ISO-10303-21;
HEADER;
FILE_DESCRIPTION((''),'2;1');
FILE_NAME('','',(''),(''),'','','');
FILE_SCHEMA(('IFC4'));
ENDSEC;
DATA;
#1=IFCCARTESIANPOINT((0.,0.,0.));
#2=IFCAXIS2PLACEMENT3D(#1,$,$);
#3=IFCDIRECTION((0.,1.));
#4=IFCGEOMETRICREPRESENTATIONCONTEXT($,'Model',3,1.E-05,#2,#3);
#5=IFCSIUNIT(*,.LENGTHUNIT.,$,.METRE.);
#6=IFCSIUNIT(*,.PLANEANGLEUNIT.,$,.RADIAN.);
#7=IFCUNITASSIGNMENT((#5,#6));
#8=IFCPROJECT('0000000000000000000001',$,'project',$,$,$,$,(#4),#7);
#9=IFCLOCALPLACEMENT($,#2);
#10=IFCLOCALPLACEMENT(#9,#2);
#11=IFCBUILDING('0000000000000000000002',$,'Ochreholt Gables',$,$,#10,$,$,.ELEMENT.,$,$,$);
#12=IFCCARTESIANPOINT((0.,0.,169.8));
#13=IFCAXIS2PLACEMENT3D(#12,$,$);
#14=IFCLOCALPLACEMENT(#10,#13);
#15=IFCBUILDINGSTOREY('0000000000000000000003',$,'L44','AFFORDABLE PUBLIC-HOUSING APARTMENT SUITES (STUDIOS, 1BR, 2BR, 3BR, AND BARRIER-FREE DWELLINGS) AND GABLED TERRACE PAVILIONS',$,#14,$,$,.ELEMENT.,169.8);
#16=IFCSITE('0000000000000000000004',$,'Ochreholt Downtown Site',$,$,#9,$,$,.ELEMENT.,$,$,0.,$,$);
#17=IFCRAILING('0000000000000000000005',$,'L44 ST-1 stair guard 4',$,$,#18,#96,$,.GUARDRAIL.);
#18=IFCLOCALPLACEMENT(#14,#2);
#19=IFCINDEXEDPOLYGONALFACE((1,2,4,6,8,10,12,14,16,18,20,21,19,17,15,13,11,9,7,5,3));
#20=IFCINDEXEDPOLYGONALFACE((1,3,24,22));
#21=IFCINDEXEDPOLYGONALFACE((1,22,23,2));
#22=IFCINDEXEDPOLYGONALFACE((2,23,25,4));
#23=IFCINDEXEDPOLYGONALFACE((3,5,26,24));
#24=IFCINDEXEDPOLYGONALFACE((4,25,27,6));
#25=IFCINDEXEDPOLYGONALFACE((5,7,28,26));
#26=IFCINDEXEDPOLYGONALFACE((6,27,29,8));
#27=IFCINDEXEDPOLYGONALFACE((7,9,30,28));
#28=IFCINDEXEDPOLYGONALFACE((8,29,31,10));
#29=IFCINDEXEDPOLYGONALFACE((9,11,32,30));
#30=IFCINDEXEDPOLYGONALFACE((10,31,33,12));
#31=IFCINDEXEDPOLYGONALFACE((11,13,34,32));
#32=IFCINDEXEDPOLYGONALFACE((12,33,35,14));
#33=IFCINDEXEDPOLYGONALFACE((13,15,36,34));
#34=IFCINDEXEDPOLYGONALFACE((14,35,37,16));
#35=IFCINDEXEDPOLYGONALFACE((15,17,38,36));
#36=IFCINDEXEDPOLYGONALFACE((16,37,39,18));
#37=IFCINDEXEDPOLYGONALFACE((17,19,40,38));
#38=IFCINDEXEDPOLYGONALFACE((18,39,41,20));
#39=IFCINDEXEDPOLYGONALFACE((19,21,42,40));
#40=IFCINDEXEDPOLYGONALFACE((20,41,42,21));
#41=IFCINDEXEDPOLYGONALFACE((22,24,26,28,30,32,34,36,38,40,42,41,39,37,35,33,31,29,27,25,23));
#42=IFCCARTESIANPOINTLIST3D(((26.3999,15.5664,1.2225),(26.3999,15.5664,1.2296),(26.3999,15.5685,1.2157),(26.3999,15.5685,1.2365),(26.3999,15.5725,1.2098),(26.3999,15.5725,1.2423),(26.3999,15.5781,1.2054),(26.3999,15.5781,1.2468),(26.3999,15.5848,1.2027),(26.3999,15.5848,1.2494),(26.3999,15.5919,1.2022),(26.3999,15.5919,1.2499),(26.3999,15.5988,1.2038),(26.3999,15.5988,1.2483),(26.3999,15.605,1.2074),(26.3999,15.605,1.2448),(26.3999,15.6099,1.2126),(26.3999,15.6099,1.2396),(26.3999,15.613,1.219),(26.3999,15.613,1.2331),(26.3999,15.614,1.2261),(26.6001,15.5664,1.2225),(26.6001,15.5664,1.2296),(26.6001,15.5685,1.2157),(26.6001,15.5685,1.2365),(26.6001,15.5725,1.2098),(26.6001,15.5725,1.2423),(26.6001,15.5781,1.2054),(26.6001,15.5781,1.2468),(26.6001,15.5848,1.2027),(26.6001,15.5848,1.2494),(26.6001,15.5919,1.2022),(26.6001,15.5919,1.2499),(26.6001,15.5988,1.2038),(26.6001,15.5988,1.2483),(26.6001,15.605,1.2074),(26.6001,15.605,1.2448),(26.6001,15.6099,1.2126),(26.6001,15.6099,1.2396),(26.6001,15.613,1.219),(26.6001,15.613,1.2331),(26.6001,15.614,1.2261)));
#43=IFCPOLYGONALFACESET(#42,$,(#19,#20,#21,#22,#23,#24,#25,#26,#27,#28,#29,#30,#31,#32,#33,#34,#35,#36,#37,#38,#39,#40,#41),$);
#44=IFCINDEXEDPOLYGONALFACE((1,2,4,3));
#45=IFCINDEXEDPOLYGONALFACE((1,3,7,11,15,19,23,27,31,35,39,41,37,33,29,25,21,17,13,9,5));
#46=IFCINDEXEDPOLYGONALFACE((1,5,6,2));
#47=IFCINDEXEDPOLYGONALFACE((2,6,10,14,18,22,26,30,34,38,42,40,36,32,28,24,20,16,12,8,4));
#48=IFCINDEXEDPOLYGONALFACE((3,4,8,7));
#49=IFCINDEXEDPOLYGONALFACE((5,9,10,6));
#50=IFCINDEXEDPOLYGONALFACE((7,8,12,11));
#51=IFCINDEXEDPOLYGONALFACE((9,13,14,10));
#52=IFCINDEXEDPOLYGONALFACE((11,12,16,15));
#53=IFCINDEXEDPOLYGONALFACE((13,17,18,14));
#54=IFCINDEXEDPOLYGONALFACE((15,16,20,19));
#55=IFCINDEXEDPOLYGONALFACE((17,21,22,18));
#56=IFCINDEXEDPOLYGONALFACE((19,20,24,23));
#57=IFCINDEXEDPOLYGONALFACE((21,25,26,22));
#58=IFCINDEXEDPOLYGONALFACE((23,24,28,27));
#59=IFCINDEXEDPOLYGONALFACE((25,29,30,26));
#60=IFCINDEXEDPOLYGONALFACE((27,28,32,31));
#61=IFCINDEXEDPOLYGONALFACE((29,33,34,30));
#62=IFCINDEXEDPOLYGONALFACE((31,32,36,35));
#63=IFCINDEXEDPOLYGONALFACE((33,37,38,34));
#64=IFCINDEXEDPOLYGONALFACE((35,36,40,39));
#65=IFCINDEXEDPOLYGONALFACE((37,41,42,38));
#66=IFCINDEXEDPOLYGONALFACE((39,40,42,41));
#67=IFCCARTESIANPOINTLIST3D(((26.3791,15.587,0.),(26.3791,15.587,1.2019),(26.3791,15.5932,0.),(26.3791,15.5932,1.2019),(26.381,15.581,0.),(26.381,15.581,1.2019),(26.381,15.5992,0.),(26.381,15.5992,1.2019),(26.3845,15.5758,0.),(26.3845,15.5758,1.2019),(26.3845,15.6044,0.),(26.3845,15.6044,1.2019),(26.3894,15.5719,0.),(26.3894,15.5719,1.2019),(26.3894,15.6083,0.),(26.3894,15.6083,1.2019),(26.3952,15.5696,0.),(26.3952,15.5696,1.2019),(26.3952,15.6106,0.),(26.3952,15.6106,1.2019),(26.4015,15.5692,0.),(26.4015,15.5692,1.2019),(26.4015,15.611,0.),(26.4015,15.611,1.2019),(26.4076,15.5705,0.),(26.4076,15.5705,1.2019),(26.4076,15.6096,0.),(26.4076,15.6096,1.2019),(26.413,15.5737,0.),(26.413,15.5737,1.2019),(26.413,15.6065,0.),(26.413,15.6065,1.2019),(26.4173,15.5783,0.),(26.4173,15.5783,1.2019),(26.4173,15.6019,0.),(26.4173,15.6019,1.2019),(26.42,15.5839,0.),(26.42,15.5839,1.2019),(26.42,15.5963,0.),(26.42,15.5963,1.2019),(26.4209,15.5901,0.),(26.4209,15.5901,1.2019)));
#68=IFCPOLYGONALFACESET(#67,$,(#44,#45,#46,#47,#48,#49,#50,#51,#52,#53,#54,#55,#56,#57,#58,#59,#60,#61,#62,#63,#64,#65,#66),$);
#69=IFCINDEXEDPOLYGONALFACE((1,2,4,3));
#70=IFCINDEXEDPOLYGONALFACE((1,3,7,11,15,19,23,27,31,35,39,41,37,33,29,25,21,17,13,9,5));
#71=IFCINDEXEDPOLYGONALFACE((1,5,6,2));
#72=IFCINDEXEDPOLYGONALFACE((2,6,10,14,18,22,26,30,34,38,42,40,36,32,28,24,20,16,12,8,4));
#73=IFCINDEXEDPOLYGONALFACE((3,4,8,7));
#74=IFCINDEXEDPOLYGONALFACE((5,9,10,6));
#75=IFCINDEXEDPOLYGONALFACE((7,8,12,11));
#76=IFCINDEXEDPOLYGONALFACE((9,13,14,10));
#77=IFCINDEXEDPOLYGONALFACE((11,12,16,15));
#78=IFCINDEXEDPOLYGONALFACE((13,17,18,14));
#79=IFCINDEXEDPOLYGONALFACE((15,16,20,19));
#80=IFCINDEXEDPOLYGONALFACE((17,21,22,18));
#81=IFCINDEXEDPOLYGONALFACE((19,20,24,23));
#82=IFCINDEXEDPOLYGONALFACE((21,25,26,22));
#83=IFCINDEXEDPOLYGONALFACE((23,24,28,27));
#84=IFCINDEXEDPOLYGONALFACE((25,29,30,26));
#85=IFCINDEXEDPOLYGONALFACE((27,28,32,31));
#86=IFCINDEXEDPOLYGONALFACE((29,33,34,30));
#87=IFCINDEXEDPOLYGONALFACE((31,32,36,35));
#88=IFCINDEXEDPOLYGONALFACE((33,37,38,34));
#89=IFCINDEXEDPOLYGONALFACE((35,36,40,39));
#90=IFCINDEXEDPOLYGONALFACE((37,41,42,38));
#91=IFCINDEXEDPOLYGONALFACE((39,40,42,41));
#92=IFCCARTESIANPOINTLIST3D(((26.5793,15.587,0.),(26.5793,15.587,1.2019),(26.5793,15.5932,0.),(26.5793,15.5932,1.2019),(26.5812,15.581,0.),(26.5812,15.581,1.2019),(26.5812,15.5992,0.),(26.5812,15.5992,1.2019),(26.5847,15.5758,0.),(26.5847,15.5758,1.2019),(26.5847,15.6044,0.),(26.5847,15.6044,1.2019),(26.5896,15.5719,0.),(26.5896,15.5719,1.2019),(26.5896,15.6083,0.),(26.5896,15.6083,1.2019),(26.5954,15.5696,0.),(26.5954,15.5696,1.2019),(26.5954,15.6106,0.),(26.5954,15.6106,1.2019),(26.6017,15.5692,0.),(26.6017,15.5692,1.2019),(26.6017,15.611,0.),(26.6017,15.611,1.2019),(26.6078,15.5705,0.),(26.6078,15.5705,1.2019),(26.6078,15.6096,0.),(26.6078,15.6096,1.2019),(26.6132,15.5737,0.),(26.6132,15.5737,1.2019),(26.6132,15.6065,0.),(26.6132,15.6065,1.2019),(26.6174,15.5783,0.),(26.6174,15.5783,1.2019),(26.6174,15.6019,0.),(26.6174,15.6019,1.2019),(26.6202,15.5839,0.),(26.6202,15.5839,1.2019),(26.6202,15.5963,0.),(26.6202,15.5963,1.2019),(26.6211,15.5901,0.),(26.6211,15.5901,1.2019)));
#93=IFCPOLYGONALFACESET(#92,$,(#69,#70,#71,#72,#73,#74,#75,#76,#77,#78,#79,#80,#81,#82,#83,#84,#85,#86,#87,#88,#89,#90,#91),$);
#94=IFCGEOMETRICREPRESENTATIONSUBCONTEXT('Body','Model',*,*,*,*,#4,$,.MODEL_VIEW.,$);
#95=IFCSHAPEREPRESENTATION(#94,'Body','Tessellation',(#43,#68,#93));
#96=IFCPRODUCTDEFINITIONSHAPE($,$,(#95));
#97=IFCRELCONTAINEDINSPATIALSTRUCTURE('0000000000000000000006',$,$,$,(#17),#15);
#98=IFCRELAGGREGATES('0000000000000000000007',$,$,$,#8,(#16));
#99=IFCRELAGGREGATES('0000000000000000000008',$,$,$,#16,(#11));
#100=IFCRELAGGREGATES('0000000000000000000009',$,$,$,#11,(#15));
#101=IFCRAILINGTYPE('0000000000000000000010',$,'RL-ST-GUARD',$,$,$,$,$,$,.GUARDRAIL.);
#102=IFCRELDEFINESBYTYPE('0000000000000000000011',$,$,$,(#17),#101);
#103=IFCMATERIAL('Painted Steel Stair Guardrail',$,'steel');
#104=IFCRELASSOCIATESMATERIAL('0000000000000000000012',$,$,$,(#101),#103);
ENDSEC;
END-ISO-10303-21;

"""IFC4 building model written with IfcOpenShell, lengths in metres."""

from ifc_helpers import new_model, si_unit, direction, frame, origin, origin_2d, place, context, subcontext, project, spatial, circle, extrude, material, type_object, element, save


model = new_model("IFC4")

# Units and contexts
model_context = context("Model", 3, precision=1e-05, world=origin(), true_north=direction((0.0, 1.0)))
body_context = subcontext(model_context, "Body", "Model", "MODEL_VIEW")
ifc_project = project(units=[si_unit("LENGTHUNIT", "METRE"), si_unit("PLANEANGLEUNIT", "RADIAN")], contexts=[model_context])

# Site, building, storey
site_placement = place(None, origin())
site = spatial("IfcSite", under=ifc_project, at=site_placement, Name="Ochreholt Downtown Site", CompositionType="ELEMENT", RefElevation=0.0)
building_placement = place(site_placement, origin())
building = spatial("IfcBuilding", under=site, at=building_placement, Name="Ochreholt Gables", CompositionType="ELEMENT")
storey_placement = place(building_placement, frame((0.0, 0.0, 169.8)))
storey = spatial("IfcBuildingStorey", under=building, at=storey_placement, Name="L44", Description="AFFORDABLE PUBLIC-HOUSING APARTMENT SUITES (STUDIOS, 1BR, 2BR, 3BR, AND BARRIER-FREE DWELLINGS) AND GABLED TERRACE PAVILIONS", CompositionType="ELEMENT", Elevation=169.8)

# Railing
ifc_material_1 = material(Name="Painted Steel Stair Guardrail", Category="steel")
railing_type_1 = type_object("IfcRailingType", Name="RL-ST-GUARD", PredefinedType="GUARDRAIL", material=ifc_material_1)
railing_1_placement = place(storey_placement, frame((26.3999, 15.5901, 0.0)))
element("IfcRailing", 1, at=railing_1_placement, inside=storey, type_object=railing_type_1, Name="L44 ST-1 stair guard 4", PredefinedType="GUARDRAIL", context=body_context, shape_type="SweptSolid", body=[
    extrude(circle(Radius=0.0239, at=origin_2d()), frame((0.0, 0.0, 1.2261), z_axis=(1.0, 0.0, 0.0), x_axis=(0.0, 1.0, 0.0)), (0.0, 0.0, 1.0), 0.2002),
    extrude(circle(Radius=0.021, at=origin_2d()), origin(), (0.0, 0.0, 1.0), 1.2019),
    extrude(circle(Radius=0.021, at=origin_2d()), frame((0.2002, 0.0, 0.0)), (0.0, 0.0, 1.0), 1.2019),
])

save(model, "model.ifc")
